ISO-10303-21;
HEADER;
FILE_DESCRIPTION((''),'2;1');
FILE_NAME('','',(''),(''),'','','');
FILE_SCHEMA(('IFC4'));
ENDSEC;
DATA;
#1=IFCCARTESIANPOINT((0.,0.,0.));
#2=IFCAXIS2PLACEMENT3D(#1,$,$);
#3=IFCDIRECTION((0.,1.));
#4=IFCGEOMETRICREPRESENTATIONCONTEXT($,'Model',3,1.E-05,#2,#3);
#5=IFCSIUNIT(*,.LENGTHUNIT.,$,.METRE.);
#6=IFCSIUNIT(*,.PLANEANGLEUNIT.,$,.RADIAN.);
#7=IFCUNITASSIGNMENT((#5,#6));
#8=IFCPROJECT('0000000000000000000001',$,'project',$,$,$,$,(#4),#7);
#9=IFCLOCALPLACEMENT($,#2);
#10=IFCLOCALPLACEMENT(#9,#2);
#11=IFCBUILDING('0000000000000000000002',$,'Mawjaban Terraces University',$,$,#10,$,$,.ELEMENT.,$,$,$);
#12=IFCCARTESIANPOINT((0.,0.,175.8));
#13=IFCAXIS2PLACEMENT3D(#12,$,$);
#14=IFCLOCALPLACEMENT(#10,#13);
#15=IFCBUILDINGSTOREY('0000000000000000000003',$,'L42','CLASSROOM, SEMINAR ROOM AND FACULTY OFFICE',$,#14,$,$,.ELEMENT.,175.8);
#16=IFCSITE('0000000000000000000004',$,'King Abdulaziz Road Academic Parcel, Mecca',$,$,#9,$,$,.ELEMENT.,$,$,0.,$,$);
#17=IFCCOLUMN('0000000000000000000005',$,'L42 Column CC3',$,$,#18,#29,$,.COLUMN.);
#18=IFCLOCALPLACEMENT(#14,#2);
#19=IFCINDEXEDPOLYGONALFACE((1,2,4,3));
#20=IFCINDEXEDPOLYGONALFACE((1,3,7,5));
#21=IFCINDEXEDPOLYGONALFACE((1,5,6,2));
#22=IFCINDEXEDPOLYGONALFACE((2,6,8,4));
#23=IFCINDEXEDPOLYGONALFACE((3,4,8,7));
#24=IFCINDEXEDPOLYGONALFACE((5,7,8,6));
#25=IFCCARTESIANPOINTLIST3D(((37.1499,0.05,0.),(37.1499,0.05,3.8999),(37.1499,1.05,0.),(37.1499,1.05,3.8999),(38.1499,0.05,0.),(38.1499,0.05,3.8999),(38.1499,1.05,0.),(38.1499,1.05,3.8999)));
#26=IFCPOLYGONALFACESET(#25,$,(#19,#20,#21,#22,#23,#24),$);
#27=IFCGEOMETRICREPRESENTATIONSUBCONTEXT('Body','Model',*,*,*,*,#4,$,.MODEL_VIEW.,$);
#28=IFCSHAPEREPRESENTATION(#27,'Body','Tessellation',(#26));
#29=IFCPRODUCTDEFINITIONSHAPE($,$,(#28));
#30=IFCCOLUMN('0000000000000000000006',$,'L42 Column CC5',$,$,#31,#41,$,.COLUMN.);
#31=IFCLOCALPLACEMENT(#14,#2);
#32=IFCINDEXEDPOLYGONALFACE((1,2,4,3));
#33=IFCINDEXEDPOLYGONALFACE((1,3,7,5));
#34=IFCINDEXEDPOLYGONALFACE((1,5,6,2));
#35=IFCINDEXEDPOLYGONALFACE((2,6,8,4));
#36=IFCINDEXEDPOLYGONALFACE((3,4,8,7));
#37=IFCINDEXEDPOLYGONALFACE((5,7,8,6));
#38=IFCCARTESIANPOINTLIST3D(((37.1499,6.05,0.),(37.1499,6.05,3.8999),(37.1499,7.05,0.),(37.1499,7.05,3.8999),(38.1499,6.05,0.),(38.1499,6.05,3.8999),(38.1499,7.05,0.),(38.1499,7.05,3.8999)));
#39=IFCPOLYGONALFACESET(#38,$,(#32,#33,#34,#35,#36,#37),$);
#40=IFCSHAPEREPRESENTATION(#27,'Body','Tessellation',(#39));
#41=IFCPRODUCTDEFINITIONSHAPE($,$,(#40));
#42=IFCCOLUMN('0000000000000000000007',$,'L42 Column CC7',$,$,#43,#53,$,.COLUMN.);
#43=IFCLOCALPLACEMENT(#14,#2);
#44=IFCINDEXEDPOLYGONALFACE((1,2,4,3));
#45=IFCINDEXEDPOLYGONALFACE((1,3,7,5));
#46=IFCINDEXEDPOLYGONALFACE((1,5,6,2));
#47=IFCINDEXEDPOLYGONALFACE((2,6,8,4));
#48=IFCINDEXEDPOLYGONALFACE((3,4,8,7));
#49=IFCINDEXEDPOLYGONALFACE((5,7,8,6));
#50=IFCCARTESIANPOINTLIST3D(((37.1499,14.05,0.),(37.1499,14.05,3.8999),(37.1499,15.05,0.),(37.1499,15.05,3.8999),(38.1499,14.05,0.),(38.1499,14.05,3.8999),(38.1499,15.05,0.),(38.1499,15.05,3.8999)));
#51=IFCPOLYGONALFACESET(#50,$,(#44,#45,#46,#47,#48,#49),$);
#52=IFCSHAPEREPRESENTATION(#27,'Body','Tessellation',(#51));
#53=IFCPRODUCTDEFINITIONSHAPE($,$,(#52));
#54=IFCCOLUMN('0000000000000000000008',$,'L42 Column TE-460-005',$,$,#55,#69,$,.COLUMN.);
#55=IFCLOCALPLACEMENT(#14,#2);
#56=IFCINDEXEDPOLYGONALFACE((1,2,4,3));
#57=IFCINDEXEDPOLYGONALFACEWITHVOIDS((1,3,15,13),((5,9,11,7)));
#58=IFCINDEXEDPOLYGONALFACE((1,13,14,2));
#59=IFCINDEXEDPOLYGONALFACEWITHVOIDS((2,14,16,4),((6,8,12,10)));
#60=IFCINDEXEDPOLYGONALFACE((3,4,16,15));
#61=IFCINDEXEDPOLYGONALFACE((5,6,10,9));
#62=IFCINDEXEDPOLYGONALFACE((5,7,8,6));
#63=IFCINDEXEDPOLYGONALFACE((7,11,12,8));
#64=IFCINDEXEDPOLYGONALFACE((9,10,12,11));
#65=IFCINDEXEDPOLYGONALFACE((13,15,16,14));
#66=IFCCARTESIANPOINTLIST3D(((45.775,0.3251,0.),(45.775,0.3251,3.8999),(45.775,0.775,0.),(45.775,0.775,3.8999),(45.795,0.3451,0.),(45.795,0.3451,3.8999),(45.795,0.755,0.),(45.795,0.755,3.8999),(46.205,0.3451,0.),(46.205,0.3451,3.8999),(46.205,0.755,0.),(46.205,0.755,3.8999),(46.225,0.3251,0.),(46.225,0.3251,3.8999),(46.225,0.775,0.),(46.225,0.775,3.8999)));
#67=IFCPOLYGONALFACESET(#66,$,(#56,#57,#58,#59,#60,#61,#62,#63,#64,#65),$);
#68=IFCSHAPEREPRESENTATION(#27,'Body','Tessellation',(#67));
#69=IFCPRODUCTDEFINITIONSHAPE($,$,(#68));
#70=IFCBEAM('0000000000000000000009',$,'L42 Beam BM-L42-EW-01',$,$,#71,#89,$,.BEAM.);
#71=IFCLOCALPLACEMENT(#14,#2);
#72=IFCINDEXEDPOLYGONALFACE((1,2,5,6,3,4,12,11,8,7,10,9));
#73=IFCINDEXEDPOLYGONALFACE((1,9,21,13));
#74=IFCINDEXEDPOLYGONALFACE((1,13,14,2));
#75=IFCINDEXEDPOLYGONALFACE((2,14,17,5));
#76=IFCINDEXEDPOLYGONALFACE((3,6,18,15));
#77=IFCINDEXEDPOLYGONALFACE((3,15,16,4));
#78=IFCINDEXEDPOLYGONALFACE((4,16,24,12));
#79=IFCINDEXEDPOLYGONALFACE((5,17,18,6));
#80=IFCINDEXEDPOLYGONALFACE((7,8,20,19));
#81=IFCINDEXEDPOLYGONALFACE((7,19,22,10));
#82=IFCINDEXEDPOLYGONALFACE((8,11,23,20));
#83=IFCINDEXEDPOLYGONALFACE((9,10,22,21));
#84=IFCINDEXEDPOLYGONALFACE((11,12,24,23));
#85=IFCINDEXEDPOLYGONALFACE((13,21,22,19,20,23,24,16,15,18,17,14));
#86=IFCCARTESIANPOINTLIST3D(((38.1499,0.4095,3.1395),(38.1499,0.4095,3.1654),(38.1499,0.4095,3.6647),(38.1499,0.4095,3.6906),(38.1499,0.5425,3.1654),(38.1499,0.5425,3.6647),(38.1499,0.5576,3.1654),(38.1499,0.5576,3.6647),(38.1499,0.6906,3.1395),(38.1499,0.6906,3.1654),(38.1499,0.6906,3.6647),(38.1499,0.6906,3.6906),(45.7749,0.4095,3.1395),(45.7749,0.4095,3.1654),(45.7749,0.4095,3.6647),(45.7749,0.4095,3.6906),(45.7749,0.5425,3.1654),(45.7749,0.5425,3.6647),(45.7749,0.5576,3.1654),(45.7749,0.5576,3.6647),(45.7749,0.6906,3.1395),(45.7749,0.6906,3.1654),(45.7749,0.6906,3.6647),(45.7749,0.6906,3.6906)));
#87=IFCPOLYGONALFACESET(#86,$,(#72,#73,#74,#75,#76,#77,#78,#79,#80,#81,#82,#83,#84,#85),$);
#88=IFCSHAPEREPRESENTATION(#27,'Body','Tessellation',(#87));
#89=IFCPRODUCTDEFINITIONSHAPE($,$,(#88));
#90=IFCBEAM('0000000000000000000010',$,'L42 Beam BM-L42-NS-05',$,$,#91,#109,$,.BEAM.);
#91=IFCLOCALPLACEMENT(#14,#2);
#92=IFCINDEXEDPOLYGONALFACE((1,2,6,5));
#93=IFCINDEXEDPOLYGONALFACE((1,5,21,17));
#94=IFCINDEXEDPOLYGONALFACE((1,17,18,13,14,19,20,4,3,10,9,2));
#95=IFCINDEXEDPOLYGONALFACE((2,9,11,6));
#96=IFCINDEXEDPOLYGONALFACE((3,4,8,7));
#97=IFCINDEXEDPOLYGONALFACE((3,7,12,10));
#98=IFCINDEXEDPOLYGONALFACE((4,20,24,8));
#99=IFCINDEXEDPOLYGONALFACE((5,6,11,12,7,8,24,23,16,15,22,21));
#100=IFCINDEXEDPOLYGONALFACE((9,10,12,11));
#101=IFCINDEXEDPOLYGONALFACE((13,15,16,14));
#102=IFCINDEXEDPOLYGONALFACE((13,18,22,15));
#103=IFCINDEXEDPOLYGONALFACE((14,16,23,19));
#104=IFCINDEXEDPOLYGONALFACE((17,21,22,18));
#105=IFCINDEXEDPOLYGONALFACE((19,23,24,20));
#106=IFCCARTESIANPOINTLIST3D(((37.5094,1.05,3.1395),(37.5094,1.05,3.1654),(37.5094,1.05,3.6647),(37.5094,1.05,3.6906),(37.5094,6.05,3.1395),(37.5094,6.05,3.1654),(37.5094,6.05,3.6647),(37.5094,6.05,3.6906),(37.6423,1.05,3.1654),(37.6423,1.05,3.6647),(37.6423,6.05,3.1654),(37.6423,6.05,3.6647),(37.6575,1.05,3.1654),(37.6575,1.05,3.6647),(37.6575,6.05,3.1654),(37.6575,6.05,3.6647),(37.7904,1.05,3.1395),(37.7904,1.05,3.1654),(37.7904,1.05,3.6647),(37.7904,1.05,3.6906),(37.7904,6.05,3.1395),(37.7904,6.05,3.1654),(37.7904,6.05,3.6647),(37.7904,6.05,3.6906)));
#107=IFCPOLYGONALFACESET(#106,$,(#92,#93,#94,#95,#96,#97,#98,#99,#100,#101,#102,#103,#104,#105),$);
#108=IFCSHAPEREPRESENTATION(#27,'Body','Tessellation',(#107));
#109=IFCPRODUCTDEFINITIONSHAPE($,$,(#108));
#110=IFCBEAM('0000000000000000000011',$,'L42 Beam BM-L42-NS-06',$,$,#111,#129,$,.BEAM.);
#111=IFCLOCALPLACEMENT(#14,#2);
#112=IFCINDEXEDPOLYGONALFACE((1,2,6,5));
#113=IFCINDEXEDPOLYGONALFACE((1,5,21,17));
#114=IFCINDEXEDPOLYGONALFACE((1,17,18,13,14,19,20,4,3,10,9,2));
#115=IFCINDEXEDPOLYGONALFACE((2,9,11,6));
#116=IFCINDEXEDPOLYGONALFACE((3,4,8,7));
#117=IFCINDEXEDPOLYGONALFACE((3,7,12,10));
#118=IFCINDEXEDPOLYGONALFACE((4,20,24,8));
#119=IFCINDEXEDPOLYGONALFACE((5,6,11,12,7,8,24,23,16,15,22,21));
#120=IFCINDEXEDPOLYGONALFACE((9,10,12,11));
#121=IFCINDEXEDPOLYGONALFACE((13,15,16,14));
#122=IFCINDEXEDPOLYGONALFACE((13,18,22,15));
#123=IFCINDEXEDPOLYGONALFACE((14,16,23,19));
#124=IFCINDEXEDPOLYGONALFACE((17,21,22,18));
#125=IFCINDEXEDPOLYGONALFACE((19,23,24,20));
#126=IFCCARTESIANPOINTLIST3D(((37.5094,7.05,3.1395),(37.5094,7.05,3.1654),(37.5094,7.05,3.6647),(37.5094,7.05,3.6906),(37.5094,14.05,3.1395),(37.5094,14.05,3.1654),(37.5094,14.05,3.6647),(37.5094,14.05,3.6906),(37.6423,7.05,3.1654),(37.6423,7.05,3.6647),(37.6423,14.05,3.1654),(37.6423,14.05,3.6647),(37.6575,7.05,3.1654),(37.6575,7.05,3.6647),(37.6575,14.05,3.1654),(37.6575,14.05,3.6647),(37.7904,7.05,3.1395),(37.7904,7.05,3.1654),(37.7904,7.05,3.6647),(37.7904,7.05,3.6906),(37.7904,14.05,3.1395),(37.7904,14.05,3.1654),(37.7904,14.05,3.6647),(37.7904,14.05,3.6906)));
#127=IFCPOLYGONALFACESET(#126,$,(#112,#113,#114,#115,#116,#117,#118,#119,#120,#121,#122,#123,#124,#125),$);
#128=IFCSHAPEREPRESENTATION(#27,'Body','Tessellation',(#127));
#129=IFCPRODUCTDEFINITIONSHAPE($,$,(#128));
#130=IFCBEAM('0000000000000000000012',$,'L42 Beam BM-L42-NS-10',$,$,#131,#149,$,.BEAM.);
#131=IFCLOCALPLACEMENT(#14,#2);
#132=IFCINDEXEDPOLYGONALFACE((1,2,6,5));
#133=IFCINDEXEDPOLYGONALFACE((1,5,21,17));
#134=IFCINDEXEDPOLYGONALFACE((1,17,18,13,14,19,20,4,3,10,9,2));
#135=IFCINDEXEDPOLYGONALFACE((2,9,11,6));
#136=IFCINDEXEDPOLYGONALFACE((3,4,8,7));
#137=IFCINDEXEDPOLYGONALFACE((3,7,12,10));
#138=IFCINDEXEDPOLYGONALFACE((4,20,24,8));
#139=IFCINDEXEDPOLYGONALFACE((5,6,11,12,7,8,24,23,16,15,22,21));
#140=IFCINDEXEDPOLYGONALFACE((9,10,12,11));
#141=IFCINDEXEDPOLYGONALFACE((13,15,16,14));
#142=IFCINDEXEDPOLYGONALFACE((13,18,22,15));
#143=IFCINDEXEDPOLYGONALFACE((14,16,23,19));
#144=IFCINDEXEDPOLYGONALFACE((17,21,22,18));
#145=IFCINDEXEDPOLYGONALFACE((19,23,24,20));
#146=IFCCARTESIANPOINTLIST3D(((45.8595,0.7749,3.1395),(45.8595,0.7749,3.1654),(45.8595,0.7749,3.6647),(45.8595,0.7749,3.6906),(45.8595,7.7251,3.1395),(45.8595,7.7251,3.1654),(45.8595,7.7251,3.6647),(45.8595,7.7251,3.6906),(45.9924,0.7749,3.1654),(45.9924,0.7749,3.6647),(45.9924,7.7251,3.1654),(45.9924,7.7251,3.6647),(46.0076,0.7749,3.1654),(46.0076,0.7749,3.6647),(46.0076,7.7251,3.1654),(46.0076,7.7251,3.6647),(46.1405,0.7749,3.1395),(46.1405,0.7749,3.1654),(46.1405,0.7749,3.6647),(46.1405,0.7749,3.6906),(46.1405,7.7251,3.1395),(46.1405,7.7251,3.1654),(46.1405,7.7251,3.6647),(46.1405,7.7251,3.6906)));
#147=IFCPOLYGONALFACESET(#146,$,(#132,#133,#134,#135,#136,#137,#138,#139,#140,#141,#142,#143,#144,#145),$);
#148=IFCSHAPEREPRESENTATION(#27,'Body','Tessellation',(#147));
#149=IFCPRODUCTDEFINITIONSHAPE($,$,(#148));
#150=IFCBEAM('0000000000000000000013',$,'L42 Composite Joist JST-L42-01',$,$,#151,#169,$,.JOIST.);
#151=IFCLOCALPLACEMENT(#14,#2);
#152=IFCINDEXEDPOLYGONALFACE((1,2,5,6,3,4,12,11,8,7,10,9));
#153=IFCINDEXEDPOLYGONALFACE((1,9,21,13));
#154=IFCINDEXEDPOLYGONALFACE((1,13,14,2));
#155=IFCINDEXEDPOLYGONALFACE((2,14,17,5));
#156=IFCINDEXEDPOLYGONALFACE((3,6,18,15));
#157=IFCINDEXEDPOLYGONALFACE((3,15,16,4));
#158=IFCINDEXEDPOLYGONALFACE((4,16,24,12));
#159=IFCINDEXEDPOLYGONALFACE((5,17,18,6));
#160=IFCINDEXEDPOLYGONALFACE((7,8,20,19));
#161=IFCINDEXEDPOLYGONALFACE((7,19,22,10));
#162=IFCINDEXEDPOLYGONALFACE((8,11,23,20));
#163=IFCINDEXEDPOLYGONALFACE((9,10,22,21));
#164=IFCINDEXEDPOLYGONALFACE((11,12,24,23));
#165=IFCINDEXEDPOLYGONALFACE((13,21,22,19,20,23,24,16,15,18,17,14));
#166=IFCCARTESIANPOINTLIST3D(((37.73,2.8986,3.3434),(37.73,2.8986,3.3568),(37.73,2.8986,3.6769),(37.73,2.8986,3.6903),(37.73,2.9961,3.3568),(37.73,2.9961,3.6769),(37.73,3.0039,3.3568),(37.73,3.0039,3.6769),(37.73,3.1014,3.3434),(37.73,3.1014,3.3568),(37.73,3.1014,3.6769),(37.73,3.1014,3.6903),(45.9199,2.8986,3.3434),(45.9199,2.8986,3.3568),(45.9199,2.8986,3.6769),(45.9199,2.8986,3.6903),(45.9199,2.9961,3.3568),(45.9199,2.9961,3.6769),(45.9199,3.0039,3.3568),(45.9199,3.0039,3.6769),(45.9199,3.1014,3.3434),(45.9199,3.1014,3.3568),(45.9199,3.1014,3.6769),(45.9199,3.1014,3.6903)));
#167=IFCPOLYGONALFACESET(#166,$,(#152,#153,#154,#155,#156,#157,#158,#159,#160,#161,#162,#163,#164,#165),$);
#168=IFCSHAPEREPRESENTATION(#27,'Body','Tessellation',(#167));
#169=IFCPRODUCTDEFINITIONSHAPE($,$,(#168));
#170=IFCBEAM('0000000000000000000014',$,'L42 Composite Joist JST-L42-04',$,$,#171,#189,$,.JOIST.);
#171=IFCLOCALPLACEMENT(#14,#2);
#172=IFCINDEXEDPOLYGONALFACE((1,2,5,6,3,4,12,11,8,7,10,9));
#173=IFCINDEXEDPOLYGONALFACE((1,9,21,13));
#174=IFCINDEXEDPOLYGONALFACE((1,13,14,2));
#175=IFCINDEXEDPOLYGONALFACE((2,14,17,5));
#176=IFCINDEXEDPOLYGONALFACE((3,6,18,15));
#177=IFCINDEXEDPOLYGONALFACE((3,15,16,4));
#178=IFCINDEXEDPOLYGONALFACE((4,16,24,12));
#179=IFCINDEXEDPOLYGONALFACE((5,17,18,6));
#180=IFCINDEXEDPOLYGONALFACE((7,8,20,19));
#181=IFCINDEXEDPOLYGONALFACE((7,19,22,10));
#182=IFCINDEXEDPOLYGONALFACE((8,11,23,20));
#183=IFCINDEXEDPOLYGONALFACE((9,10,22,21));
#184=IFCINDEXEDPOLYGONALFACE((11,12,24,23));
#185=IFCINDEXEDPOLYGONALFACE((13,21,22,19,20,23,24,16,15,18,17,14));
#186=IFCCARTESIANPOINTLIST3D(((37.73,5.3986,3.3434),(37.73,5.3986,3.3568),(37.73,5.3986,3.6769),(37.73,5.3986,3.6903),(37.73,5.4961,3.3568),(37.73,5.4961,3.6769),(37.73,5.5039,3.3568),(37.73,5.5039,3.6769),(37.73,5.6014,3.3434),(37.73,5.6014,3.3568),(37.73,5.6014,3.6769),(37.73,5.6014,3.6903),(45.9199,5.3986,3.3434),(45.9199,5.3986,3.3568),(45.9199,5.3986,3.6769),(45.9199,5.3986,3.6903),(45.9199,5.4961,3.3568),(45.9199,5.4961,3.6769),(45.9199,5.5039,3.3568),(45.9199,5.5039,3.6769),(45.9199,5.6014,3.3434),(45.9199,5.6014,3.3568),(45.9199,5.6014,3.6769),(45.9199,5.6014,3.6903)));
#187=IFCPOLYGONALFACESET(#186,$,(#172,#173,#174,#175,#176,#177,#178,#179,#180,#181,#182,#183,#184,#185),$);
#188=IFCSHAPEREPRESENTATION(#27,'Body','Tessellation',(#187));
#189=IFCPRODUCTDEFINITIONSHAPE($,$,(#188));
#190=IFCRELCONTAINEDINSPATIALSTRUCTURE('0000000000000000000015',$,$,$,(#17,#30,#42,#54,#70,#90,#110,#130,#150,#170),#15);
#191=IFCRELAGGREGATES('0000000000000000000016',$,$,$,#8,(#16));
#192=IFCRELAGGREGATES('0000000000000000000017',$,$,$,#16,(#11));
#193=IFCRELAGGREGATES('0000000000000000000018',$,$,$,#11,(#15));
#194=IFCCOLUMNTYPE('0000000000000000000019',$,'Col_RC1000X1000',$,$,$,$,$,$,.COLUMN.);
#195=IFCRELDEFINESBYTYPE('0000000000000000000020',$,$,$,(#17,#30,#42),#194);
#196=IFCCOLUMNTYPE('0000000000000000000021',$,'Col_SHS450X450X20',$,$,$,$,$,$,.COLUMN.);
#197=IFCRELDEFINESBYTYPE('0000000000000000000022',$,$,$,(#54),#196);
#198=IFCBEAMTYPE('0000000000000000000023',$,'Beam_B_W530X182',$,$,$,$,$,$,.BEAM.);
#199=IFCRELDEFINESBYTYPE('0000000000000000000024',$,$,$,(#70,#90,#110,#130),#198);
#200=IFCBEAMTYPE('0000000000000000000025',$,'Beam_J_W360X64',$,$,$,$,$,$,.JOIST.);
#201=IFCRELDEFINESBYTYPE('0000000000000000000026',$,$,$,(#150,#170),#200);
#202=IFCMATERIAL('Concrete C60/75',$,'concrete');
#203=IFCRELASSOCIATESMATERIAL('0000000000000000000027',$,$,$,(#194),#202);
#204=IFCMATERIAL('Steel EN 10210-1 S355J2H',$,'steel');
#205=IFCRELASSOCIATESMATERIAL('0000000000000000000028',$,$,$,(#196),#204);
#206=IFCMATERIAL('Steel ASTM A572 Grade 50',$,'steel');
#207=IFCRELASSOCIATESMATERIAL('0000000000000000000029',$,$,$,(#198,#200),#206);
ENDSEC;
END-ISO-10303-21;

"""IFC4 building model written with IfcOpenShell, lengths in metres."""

from ifc_helpers import new_model, si_unit, direction, frame, origin, origin_2d, place, context, subcontext, project, spatial, rectangle, hollow_rectangle, i_section, extrude, material, material_profile, profile_set, type_object, element, save


model = new_model("IFC4")

# Units and contexts
model_context = context("Model", 3, precision=1e-05, world=origin(), true_north=direction((0.0, 1.0)))
body_context = subcontext(model_context, "Body", "Model", "MODEL_VIEW")
ifc_project = project(units=[si_unit("LENGTHUNIT", "METRE"), si_unit("PLANEANGLEUNIT", "RADIAN")], contexts=[model_context])

# Site, building, storey
site_placement = place(None, origin())
site = spatial("IfcSite", under=ifc_project, at=site_placement, Name="King Abdulaziz Road Academic Parcel, Mecca", CompositionType="ELEMENT", RefElevation=0.0)
building_placement = place(site_placement, origin())
building = spatial("IfcBuilding", under=site, at=building_placement, Name="Mawjaban Terraces University", CompositionType="ELEMENT")
storey_placement = place(building_placement, frame((0.0, 0.0, 175.8)))
storey = spatial("IfcBuildingStorey", under=building, at=storey_placement, Name="L42", Description="CLASSROOM, SEMINAR ROOM AND FACULTY OFFICE", CompositionType="ELEMENT", Elevation=175.8)

# Columns
ifc_material_1 = material(Name="Concrete C60/75", Category="concrete")
ifc_material_profile_1 = material_profile(ifc_material_1, rectangle(XDim=1.0, YDim=1.0, at=origin_2d()), Name="RC1000X1000")
ifc_profile_set_1 = profile_set([ifc_material_profile_1], Name="Concrete C60/75")
column_type_1 = type_object("IfcColumnType", Name="Col_RC1000X1000", PredefinedType="COLUMN", material=ifc_profile_set_1)
for number, where, z_axis, x_axis, name in (
    (1, (37.6499, 0.55, 0.0), (0.0, 0.0, 1.0), (1.0, 0.0, 0.0), "L42 Column CC3"),
    (2, (37.6499, 6.55, 0.0), (0.0, 0.0, 1.0), (1.0, 0.0, 0.0), "L42 Column CC5"),
    (3, (37.6499, 14.55, 0.0), (0.0, 0.0, 1.0), (1.0, 0.0, 0.0), "L42 Column CC7"),
):
    element("IfcColumn", number, at=place(storey_placement, frame(where, z_axis=z_axis, x_axis=x_axis)), inside=storey, type_object=column_type_1, Name=name, PredefinedType="COLUMN", context=body_context, shape_type="SweptSolid", body=[
        extrude(rectangle(XDim=1.0, YDim=1.0, at=origin_2d()), origin(), (0.0, 0.0, 1.0), 3.8999),
    ])
ifc_material_2 = material(Name="Steel EN 10210-1 S355J2H", Category="steel")
ifc_material_profile_2 = material_profile(ifc_material_2, hollow_rectangle(XDim=0.45, YDim=0.45, WallThickness=0.02, at=origin_2d()), Name="SHS450X450X20")
ifc_profile_set_2 = profile_set([ifc_material_profile_2], Name="Steel EN 10210-1 S355J2H")
column_type_2 = type_object("IfcColumnType", Name="Col_SHS450X450X20", PredefinedType="COLUMN", material=ifc_profile_set_2)
column_placement = place(storey_placement, frame((46.0, 0.55, 0.0), z_axis=(0.0, 0.0, 1.0), x_axis=(1.0, 0.0, 0.0)))
element("IfcColumn", 4, at=column_placement, inside=storey, type_object=column_type_2, Name="L42 Column TE-460-005", PredefinedType="COLUMN", context=body_context, shape_type="SweptSolid", body=[
    extrude(hollow_rectangle(XDim=0.45, YDim=0.45, WallThickness=0.02, at=origin_2d()), origin(), (0.0, 0.0, 1.0), 3.8999),
])

# Beams
ifc_material_3 = material(Name="Steel ASTM A572 Grade 50", Category="steel")
ifc_material_profile_3 = material_profile(ifc_material_3, i_section(OverallWidth=0.281, OverallDepth=0.551, WebThickness=0.0151, FlangeThickness=0.0259, at=origin_2d()), Name="W530X182")
ifc_profile_set_3 = profile_set([ifc_material_profile_3], Name="Steel ASTM A572 Grade 50")
beam_type_1 = type_object("IfcBeamType", Name="Beam_B_W530X182", PredefinedType="BEAM", material=ifc_profile_set_3)
beam_1_placement = place(storey_placement, frame((38.1499, 0.55, 3.415), z_axis=(1.0, 0.0, 0.0), x_axis=(0.0, 1.0, 0.0)))
element("IfcBeam", 5, at=beam_1_placement, inside=storey, type_object=beam_type_1, Name="L42 Beam BM-L42-EW-01", PredefinedType="BEAM", context=body_context, shape_type="SweptSolid", body=[
    extrude(i_section(OverallWidth=0.281, OverallDepth=0.551, WebThickness=0.0151, FlangeThickness=0.0259, at=origin_2d()), origin(), (0.0, 0.0, 1.0), 7.625),
])
beam_2_placement = place(storey_placement, frame((37.6499, 1.05, 3.415), z_axis=(0.0, 1.0, 0.0), x_axis=(-1.0, 0.0, 0.0)))
element("IfcBeam", 6, at=beam_2_placement, inside=storey, type_object=beam_type_1, Name="L42 Beam BM-L42-NS-05", PredefinedType="BEAM", context=body_context, shape_type="SweptSolid", body=[
    extrude(i_section(OverallWidth=0.281, OverallDepth=0.551, WebThickness=0.0151, FlangeThickness=0.0259, at=origin_2d()), origin(), (0.0, 0.0, 1.0), 5.0),
])
beam_3_placement = place(storey_placement, frame((37.6499, 7.05, 3.415), z_axis=(0.0, 1.0, 0.0), x_axis=(-1.0, 0.0, 0.0)))
element("IfcBeam", 7, at=beam_3_placement, inside=storey, type_object=beam_type_1, Name="L42 Beam BM-L42-NS-06", PredefinedType="BEAM", context=body_context, shape_type="SweptSolid", body=[
    extrude(i_section(OverallWidth=0.281, OverallDepth=0.551, WebThickness=0.0151, FlangeThickness=0.0259, at=origin_2d()), origin(), (0.0, 0.0, 1.0), 7.0),
])
beam_4_placement = place(storey_placement, frame((46.0, 0.7749, 3.415), z_axis=(0.0, 1.0, 0.0), x_axis=(-1.0, 0.0, 0.0)))
element("IfcBeam", 8, at=beam_4_placement, inside=storey, type_object=beam_type_1, Name="L42 Beam BM-L42-NS-10", PredefinedType="BEAM", context=body_context, shape_type="SweptSolid", body=[
    extrude(i_section(OverallWidth=0.281, OverallDepth=0.551, WebThickness=0.0151, FlangeThickness=0.0259, at=origin_2d()), origin(), (0.0, 0.0, 1.0), 6.9502),
])
ifc_material_profile_4 = material_profile(ifc_material_3, i_section(OverallWidth=0.2029, OverallDepth=0.3469, WebThickness=0.0078, FlangeThickness=0.0134, at=origin_2d()), Name="W360X64")
ifc_profile_set_4 = profile_set([ifc_material_profile_4], Name="Steel ASTM A572 Grade 50")
beam_type_2 = type_object("IfcBeamType", Name="Beam_J_W360X64", PredefinedType="JOIST", material=ifc_profile_set_4)
for number, where, z_axis, x_axis, name in (
    (9, (37.73, 3.0, 3.5168), (1.0, 0.0, 0.0), (0.0, 1.0, 0.0), "L42 Composite Joist JST-L42-01"),
    (10, (37.73, 5.5, 3.5168), (1.0, 0.0, 0.0), (0.0, 1.0, 0.0), "L42 Composite Joist JST-L42-04"),
):
    element("IfcBeam", number, at=place(storey_placement, frame(where, z_axis=z_axis, x_axis=x_axis)), inside=storey, type_object=beam_type_2, Name=name, PredefinedType="JOIST", context=body_context, shape_type="SweptSolid", body=[
        extrude(i_section(OverallWidth=0.2029, OverallDepth=0.3469, WebThickness=0.0078, FlangeThickness=0.0134, at=origin_2d()), origin(), (0.0, 0.0, 1.0), 8.1899),
    ])

save(model, "model.ifc")
